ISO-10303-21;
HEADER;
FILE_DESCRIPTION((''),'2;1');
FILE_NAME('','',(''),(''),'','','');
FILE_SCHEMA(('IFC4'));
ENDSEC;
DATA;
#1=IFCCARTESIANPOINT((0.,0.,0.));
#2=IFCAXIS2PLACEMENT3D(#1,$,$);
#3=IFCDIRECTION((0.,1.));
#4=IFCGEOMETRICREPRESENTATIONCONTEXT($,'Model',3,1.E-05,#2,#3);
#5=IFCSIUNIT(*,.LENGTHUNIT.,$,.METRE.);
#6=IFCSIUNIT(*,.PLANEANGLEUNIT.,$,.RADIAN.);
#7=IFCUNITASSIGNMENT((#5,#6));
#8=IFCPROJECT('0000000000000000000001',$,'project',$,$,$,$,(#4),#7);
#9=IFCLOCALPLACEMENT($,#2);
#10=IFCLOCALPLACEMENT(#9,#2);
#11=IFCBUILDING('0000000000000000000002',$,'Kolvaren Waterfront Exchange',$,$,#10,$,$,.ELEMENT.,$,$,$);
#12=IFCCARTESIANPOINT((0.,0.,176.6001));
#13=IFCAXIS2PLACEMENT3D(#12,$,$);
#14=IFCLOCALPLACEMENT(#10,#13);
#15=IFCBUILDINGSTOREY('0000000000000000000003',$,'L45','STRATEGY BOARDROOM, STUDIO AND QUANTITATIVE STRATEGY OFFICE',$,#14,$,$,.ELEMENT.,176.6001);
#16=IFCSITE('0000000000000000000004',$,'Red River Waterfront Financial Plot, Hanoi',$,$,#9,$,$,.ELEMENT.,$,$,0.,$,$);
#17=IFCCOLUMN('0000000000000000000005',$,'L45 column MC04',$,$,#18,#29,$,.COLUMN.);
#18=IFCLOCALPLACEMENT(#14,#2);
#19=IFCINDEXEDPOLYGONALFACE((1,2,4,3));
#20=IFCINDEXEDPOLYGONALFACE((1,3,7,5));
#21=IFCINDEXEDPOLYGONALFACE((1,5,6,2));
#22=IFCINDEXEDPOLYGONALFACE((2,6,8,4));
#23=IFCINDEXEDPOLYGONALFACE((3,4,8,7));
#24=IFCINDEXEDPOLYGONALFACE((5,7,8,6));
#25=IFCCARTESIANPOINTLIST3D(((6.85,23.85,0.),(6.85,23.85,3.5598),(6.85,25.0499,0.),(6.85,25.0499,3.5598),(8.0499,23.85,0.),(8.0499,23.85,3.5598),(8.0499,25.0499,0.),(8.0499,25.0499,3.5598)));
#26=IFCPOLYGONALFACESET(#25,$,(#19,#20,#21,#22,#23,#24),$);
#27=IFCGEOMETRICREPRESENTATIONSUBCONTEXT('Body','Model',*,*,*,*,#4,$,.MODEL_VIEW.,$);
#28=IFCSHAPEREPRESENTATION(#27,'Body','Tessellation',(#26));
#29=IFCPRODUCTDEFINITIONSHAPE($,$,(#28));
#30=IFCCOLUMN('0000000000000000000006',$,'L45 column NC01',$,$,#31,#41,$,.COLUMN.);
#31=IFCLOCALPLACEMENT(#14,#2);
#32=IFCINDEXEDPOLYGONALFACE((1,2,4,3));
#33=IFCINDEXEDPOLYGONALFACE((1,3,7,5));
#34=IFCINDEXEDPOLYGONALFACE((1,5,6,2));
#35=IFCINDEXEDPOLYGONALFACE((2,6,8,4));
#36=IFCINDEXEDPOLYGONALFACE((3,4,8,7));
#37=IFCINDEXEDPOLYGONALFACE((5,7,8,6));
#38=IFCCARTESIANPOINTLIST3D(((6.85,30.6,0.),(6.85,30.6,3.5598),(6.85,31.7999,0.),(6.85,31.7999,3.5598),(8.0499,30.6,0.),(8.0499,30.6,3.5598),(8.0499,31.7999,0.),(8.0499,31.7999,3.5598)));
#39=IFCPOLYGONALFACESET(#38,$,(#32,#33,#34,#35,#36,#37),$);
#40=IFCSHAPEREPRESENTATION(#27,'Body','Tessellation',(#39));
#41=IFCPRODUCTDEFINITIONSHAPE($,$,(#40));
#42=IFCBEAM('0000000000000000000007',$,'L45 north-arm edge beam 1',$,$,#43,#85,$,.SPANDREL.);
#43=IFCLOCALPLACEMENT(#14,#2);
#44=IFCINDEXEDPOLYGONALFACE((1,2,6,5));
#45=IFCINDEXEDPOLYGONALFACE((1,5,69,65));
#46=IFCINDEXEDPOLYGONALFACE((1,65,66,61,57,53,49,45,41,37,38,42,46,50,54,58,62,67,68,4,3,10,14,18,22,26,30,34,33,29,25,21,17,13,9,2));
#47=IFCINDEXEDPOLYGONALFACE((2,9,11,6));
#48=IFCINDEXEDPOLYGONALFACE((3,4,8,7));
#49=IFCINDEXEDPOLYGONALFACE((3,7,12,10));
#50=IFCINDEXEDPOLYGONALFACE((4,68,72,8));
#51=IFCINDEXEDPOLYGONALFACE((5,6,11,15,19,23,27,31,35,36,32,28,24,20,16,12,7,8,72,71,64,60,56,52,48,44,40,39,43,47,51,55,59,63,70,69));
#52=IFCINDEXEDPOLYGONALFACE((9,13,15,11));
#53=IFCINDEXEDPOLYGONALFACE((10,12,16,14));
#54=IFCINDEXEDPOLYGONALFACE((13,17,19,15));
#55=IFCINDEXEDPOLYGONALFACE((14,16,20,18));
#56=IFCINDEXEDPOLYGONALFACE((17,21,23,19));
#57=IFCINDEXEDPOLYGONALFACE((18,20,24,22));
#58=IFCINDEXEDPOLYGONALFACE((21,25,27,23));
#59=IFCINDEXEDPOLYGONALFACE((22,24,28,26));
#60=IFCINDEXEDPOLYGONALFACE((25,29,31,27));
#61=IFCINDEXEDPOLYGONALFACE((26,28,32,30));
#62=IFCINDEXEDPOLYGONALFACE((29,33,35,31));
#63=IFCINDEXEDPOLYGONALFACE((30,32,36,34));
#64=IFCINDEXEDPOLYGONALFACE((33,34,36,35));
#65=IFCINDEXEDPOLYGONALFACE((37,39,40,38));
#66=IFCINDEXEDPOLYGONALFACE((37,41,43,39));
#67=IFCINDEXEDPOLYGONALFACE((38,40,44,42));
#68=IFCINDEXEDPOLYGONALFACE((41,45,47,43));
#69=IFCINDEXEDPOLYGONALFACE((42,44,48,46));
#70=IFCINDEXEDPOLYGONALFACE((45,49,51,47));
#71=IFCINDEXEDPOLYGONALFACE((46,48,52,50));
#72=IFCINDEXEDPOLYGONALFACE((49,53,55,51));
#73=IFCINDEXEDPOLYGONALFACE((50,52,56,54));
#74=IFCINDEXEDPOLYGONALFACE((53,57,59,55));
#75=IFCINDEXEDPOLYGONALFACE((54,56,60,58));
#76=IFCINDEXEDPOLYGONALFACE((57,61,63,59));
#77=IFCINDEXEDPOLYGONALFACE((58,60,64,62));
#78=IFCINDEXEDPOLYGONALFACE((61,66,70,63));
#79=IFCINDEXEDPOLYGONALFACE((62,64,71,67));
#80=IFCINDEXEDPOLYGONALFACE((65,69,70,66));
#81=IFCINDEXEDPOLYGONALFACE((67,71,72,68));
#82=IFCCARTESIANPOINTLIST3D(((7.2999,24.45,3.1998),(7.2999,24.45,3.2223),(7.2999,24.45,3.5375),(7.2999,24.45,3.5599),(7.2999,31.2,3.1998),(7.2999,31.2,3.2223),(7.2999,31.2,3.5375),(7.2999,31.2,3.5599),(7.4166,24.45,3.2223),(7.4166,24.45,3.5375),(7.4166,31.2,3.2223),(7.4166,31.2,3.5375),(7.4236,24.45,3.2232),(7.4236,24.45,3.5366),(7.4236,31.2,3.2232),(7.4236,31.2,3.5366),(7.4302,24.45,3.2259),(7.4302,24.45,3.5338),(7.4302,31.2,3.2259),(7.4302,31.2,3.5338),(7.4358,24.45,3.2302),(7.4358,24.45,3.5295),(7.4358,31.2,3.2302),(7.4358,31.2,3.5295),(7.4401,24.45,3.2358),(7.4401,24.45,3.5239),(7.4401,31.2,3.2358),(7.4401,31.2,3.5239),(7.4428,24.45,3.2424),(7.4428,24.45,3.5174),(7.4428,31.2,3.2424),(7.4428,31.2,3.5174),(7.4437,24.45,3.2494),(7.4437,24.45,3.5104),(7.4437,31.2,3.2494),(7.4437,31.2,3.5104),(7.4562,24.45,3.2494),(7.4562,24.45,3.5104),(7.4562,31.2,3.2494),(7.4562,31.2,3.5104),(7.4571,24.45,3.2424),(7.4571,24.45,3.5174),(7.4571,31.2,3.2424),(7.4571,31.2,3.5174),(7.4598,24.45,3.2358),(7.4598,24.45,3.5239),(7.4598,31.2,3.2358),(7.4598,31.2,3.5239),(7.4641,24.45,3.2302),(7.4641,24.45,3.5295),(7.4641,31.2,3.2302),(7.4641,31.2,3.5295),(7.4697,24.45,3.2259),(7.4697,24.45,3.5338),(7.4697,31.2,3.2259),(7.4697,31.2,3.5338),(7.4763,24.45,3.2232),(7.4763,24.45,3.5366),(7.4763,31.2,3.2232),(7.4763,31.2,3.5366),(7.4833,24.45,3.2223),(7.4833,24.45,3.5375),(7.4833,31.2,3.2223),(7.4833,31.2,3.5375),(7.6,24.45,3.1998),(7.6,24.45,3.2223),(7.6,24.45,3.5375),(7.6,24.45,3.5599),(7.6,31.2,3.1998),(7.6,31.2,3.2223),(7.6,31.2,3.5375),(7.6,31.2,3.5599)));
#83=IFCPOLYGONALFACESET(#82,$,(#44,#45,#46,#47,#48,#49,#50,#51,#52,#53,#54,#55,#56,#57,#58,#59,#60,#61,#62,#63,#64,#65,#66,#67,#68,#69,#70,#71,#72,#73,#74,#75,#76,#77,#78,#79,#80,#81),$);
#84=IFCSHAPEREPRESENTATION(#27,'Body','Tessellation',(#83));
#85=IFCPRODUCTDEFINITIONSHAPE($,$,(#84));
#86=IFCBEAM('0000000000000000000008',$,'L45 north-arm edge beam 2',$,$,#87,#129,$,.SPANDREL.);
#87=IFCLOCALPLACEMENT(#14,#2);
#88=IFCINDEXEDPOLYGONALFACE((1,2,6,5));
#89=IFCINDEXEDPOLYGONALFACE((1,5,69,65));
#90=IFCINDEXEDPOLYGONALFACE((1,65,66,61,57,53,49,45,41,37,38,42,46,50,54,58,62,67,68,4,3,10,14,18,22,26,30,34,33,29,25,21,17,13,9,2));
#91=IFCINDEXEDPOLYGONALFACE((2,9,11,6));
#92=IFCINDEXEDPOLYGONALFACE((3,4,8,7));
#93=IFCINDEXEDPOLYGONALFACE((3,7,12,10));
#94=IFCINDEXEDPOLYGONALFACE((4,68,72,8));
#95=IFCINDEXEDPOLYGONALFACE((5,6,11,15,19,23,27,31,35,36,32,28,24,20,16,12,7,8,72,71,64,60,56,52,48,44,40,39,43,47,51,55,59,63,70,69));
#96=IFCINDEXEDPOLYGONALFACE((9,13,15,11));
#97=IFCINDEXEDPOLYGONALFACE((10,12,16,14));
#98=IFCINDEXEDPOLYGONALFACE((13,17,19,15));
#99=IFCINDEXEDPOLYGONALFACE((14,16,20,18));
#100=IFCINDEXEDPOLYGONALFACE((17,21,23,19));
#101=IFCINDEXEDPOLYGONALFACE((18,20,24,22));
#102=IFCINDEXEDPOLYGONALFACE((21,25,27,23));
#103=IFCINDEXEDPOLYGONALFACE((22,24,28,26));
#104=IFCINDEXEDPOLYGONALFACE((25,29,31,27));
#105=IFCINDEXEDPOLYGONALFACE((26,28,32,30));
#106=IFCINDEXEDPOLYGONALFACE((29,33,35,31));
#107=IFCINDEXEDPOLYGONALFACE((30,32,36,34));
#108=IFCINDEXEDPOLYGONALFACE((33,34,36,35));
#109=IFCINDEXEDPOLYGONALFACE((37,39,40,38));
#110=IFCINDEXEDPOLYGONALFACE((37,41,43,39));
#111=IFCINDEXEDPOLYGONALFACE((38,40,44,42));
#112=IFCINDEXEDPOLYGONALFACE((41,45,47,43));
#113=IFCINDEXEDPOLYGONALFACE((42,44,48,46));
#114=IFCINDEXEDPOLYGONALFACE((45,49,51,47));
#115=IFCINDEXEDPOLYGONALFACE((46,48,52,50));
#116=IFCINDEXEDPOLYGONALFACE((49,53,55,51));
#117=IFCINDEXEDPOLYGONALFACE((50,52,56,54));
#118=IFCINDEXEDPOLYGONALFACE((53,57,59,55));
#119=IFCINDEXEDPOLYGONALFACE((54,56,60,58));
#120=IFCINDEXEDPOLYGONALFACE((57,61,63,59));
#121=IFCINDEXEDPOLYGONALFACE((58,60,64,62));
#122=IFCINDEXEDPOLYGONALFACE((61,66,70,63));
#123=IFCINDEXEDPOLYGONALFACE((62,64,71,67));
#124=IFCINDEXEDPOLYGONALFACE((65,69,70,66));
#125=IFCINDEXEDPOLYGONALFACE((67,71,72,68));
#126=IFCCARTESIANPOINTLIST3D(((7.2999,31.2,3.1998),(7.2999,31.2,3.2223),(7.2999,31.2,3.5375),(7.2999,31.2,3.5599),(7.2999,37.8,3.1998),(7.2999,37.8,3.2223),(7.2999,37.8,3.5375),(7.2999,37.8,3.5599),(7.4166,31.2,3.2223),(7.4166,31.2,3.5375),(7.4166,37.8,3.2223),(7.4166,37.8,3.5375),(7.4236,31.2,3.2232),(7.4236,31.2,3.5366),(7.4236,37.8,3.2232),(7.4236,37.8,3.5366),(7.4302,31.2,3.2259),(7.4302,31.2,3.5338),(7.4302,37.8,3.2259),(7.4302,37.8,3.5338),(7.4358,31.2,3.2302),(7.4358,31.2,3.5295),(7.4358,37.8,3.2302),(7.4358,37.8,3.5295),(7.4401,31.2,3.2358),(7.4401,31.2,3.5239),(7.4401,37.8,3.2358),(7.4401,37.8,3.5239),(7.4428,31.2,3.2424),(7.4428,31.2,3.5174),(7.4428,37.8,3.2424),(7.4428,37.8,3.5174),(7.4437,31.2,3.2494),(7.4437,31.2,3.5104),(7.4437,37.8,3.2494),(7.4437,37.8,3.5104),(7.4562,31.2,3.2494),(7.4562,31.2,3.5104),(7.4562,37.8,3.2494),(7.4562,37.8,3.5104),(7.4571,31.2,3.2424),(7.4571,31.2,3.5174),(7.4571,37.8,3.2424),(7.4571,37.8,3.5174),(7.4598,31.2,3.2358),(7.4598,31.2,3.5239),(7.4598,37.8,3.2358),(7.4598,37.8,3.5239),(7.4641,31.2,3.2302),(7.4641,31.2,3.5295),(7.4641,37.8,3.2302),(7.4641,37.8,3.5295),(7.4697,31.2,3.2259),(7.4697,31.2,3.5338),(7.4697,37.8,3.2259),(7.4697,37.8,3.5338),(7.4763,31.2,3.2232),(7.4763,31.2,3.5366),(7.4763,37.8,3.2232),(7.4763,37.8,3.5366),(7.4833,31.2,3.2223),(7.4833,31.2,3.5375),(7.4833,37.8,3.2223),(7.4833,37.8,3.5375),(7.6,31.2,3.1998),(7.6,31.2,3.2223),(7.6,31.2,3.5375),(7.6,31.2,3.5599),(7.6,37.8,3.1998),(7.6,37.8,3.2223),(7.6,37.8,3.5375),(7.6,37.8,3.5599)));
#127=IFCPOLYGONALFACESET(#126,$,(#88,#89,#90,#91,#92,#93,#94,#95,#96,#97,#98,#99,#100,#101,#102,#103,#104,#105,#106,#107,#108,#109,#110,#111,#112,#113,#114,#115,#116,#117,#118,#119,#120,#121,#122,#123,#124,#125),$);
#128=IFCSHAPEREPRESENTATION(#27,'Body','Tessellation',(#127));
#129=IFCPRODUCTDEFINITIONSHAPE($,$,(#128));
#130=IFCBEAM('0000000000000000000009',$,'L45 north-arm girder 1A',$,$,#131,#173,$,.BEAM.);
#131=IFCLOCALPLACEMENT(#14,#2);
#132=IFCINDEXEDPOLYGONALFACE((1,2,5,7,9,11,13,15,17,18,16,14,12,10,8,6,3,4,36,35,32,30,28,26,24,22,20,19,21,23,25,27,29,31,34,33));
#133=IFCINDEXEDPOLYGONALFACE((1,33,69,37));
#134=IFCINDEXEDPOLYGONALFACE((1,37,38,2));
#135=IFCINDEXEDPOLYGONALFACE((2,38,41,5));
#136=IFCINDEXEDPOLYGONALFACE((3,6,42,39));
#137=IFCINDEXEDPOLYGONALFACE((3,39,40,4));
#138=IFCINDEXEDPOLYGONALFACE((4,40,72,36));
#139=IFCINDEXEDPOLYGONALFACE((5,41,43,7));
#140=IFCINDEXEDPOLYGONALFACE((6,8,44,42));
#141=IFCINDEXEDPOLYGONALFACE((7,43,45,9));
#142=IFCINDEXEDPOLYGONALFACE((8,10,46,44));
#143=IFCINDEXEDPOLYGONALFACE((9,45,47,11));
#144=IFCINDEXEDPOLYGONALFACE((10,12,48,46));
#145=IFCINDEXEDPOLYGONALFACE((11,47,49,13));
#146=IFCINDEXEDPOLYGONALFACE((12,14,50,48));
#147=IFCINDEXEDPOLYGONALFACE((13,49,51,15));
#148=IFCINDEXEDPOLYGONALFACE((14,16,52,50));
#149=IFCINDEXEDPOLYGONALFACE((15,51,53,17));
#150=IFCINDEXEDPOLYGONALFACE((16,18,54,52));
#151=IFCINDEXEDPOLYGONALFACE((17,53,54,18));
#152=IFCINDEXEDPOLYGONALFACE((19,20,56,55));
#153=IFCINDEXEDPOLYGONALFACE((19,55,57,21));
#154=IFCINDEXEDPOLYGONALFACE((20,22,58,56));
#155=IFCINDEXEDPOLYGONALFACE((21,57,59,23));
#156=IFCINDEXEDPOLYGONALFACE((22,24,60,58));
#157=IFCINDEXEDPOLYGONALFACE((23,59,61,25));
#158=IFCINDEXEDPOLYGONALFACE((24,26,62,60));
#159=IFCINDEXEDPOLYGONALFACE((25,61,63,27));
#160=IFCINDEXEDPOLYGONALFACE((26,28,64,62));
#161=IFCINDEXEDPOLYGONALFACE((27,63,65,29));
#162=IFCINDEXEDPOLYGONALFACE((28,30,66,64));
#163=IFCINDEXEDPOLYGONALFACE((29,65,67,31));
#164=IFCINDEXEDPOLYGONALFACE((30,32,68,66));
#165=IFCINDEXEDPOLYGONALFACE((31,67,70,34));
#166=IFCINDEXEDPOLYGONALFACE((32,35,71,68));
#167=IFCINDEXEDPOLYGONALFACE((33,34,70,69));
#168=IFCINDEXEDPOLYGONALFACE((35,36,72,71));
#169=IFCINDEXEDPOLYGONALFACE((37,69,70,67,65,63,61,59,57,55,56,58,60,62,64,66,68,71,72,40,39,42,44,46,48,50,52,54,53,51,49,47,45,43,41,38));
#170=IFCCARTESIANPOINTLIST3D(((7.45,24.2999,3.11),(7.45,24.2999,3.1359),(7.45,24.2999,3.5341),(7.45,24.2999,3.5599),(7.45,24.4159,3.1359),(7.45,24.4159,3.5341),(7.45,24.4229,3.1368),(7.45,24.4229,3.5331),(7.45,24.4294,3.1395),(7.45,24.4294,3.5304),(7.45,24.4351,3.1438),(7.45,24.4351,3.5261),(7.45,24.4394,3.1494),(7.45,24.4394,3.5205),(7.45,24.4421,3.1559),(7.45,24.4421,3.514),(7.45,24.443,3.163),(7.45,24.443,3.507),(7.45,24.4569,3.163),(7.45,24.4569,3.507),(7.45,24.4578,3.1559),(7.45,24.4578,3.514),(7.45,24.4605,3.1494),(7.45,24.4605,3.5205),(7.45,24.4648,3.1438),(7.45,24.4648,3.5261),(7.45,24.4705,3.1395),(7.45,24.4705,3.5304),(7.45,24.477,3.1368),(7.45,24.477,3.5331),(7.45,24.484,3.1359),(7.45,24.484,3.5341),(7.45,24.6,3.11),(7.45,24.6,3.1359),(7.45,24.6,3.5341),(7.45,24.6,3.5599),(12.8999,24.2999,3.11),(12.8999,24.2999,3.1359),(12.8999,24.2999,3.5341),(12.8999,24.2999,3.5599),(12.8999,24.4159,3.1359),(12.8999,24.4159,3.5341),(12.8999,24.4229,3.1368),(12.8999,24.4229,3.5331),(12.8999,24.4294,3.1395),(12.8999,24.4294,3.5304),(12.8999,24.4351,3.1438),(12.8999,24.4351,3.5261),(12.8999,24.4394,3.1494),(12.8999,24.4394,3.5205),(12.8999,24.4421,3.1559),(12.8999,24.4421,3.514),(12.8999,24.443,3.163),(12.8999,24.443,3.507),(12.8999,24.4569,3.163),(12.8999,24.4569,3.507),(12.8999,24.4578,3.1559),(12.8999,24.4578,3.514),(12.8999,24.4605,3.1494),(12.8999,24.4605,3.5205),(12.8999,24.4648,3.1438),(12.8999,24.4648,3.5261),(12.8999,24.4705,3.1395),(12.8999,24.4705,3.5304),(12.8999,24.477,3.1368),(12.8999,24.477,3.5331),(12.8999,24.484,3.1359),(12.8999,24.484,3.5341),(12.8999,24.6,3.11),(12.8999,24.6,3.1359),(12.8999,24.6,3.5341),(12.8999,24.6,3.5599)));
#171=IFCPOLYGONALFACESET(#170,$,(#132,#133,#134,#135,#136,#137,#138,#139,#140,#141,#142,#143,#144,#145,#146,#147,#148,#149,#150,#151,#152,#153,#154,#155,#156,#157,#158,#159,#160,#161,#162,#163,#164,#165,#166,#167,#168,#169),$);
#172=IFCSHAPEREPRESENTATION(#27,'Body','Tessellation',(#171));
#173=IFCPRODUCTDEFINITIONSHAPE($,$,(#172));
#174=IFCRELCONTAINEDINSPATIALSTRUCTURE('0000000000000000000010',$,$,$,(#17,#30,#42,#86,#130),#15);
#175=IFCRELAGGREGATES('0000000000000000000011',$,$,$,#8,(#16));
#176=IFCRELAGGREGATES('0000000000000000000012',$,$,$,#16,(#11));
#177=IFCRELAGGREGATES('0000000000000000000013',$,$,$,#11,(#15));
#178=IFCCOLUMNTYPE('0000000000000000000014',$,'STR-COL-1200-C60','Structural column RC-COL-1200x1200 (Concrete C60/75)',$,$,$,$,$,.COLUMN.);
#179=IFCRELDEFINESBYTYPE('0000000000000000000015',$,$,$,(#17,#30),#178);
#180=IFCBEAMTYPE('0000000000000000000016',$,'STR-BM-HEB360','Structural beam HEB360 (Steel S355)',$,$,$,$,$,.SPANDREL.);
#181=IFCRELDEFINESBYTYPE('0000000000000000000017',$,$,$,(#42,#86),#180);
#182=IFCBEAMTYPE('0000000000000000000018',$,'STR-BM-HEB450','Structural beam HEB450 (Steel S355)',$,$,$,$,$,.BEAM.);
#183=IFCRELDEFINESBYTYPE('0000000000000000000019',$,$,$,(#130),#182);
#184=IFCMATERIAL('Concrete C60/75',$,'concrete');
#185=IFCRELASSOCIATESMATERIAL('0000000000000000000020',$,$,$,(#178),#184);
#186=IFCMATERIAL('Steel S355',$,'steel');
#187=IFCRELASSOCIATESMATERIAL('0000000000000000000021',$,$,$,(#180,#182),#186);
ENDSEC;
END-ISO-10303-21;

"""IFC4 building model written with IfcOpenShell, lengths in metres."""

from ifc_helpers import new_model, si_unit, direction, frame, origin, origin_2d, place, context, subcontext, project, spatial, rectangle, i_section, extrude, material, material_profile, profile_set, type_object, element, save


model = new_model("IFC4")

# Units and contexts
model_context = context("Model", 3, precision=1e-05, world=origin(), true_north=direction((0.0, 1.0)))
body_context = subcontext(model_context, "Body", "Model", "MODEL_VIEW")
ifc_project = project(units=[si_unit("LENGTHUNIT", "METRE"), si_unit("PLANEANGLEUNIT", "RADIAN")], contexts=[model_context])

# Site, building, storey
site_placement = place(None, origin())
site = spatial("IfcSite", under=ifc_project, at=site_placement, Name="Red River Waterfront Financial Plot, Hanoi", CompositionType="ELEMENT", RefElevation=0.0)
building_placement = place(site_placement, origin())
building = spatial("IfcBuilding", under=site, at=building_placement, Name="Kolvaren Waterfront Exchange", CompositionType="ELEMENT")
storey_placement = place(building_placement, frame((0.0, 0.0, 176.6001)))
storey = spatial("IfcBuildingStorey", under=building, at=storey_placement, Name="L45", Description="STRATEGY BOARDROOM, STUDIO AND QUANTITATIVE STRATEGY OFFICE", CompositionType="ELEMENT", Elevation=176.6001)

# Columns
ifc_material_1 = material(Name="Concrete C60/75", Category="concrete")
ifc_material_profile_1 = material_profile(ifc_material_1, rectangle(XDim=1.2, YDim=1.2, at=origin_2d()), Name="RC-COL-1200x1200")
ifc_profile_set_1 = profile_set([ifc_material_profile_1], Name="Concrete C60/75")
column_type = type_object("IfcColumnType", Name="STR-COL-1200-C60", Description="Structural column RC-COL-1200x1200 (Concrete C60/75)", PredefinedType="COLUMN", material=ifc_profile_set_1)
for number, where, z_axis, x_axis, name in (
    (1, (7.45, 24.45, 0.0), (0.0, 0.0, 1.0), (1.0, 0.0, 0.0), "L45 column MC04"),
    (2, (7.45, 31.2, 0.0), (0.0, 0.0, 1.0), (1.0, 0.0, 0.0), "L45 column NC01"),
):
    element("IfcColumn", number, at=place(storey_placement, frame(where, z_axis=z_axis, x_axis=x_axis)), inside=storey, type_object=column_type, Name=name, PredefinedType="COLUMN", context=body_context, shape_type="SweptSolid", body=[
        extrude(rectangle(XDim=1.2, YDim=1.2, at=origin_2d()), origin(), (0.0, 0.0, 1.0), 3.5598),
    ])

# Beams
ifc_material_2 = material(Name="Steel S355", Category="steel")
ifc_material_profile_2 = material_profile(ifc_material_2, i_section(OverallWidth=0.3, OverallDepth=0.3601, WebThickness=0.0125, FlangeThickness=0.0225, FilletRadius=0.0271, at=origin_2d()), Name="HEB360")
ifc_profile_set_2 = profile_set([ifc_material_profile_2], Name="Steel S355")
beam_type_1 = type_object("IfcBeamType", Name="STR-BM-HEB360", Description="Structural beam HEB360 (Steel S355)", PredefinedType="SPANDREL", material=ifc_profile_set_2)
beam_1_placement = place(storey_placement, frame((7.45, 24.45, 3.3799), z_axis=(0.0, 1.0, 0.0), x_axis=(-1.0, 0.0, 0.0)))
element("IfcBeam", 3, at=beam_1_placement, inside=storey, type_object=beam_type_1, Name="L45 north-arm edge beam 1", PredefinedType="SPANDREL", context=body_context, shape_type="SweptSolid", body=[
    extrude(i_section(OverallWidth=0.3, OverallDepth=0.3601, WebThickness=0.0125, FlangeThickness=0.0225, FilletRadius=0.0271, at=origin_2d()), origin(), (0.0, 0.0, 1.0), 6.75),
])
beam_2_placement = place(storey_placement, frame((7.45, 31.2, 3.3799), z_axis=(0.0, 1.0, 0.0), x_axis=(-1.0, 0.0, 0.0)))
element("IfcBeam", 4, at=beam_2_placement, inside=storey, type_object=beam_type_1, Name="L45 north-arm edge beam 2", PredefinedType="SPANDREL", context=body_context, shape_type="SweptSolid", body=[
    extrude(i_section(OverallWidth=0.3, OverallDepth=0.3601, WebThickness=0.0125, FlangeThickness=0.0225, FilletRadius=0.0271, at=origin_2d()), origin(), (0.0, 0.0, 1.0), 6.6001),
])
ifc_material_profile_3 = material_profile(ifc_material_2, i_section(OverallWidth=0.3, OverallDepth=0.45, WebThickness=0.0139, FlangeThickness=0.0259, FilletRadius=0.0271, at=origin_2d()), Name="HEB450")
ifc_profile_set_3 = profile_set([ifc_material_profile_3], Name="Steel S355")
beam_type_2 = type_object("IfcBeamType", Name="STR-BM-HEB450", Description="Structural beam HEB450 (Steel S355)", PredefinedType="BEAM", material=ifc_profile_set_3)
for number, where, z_axis, x_axis, name in (
    (5, (7.45, 24.45, 3.335), (1.0, 0.0, 0.0), (0.0, 1.0, 0.0), "L45 north-arm girder 1A"),
):
    element("IfcBeam", number, at=place(storey_placement, frame(where, z_axis=z_axis, x_axis=x_axis)), inside=storey, type_object=beam_type_2, Name=name, PredefinedType="BEAM", context=body_context, shape_type="SweptSolid", body=[
        extrude(i_section(OverallWidth=0.3, OverallDepth=0.45, WebThickness=0.0139, FlangeThickness=0.0259, FilletRadius=0.0271, at=origin_2d()), origin(), (0.0, 0.0, 1.0), 5.45),
    ])

save(model, "model.ifc")
